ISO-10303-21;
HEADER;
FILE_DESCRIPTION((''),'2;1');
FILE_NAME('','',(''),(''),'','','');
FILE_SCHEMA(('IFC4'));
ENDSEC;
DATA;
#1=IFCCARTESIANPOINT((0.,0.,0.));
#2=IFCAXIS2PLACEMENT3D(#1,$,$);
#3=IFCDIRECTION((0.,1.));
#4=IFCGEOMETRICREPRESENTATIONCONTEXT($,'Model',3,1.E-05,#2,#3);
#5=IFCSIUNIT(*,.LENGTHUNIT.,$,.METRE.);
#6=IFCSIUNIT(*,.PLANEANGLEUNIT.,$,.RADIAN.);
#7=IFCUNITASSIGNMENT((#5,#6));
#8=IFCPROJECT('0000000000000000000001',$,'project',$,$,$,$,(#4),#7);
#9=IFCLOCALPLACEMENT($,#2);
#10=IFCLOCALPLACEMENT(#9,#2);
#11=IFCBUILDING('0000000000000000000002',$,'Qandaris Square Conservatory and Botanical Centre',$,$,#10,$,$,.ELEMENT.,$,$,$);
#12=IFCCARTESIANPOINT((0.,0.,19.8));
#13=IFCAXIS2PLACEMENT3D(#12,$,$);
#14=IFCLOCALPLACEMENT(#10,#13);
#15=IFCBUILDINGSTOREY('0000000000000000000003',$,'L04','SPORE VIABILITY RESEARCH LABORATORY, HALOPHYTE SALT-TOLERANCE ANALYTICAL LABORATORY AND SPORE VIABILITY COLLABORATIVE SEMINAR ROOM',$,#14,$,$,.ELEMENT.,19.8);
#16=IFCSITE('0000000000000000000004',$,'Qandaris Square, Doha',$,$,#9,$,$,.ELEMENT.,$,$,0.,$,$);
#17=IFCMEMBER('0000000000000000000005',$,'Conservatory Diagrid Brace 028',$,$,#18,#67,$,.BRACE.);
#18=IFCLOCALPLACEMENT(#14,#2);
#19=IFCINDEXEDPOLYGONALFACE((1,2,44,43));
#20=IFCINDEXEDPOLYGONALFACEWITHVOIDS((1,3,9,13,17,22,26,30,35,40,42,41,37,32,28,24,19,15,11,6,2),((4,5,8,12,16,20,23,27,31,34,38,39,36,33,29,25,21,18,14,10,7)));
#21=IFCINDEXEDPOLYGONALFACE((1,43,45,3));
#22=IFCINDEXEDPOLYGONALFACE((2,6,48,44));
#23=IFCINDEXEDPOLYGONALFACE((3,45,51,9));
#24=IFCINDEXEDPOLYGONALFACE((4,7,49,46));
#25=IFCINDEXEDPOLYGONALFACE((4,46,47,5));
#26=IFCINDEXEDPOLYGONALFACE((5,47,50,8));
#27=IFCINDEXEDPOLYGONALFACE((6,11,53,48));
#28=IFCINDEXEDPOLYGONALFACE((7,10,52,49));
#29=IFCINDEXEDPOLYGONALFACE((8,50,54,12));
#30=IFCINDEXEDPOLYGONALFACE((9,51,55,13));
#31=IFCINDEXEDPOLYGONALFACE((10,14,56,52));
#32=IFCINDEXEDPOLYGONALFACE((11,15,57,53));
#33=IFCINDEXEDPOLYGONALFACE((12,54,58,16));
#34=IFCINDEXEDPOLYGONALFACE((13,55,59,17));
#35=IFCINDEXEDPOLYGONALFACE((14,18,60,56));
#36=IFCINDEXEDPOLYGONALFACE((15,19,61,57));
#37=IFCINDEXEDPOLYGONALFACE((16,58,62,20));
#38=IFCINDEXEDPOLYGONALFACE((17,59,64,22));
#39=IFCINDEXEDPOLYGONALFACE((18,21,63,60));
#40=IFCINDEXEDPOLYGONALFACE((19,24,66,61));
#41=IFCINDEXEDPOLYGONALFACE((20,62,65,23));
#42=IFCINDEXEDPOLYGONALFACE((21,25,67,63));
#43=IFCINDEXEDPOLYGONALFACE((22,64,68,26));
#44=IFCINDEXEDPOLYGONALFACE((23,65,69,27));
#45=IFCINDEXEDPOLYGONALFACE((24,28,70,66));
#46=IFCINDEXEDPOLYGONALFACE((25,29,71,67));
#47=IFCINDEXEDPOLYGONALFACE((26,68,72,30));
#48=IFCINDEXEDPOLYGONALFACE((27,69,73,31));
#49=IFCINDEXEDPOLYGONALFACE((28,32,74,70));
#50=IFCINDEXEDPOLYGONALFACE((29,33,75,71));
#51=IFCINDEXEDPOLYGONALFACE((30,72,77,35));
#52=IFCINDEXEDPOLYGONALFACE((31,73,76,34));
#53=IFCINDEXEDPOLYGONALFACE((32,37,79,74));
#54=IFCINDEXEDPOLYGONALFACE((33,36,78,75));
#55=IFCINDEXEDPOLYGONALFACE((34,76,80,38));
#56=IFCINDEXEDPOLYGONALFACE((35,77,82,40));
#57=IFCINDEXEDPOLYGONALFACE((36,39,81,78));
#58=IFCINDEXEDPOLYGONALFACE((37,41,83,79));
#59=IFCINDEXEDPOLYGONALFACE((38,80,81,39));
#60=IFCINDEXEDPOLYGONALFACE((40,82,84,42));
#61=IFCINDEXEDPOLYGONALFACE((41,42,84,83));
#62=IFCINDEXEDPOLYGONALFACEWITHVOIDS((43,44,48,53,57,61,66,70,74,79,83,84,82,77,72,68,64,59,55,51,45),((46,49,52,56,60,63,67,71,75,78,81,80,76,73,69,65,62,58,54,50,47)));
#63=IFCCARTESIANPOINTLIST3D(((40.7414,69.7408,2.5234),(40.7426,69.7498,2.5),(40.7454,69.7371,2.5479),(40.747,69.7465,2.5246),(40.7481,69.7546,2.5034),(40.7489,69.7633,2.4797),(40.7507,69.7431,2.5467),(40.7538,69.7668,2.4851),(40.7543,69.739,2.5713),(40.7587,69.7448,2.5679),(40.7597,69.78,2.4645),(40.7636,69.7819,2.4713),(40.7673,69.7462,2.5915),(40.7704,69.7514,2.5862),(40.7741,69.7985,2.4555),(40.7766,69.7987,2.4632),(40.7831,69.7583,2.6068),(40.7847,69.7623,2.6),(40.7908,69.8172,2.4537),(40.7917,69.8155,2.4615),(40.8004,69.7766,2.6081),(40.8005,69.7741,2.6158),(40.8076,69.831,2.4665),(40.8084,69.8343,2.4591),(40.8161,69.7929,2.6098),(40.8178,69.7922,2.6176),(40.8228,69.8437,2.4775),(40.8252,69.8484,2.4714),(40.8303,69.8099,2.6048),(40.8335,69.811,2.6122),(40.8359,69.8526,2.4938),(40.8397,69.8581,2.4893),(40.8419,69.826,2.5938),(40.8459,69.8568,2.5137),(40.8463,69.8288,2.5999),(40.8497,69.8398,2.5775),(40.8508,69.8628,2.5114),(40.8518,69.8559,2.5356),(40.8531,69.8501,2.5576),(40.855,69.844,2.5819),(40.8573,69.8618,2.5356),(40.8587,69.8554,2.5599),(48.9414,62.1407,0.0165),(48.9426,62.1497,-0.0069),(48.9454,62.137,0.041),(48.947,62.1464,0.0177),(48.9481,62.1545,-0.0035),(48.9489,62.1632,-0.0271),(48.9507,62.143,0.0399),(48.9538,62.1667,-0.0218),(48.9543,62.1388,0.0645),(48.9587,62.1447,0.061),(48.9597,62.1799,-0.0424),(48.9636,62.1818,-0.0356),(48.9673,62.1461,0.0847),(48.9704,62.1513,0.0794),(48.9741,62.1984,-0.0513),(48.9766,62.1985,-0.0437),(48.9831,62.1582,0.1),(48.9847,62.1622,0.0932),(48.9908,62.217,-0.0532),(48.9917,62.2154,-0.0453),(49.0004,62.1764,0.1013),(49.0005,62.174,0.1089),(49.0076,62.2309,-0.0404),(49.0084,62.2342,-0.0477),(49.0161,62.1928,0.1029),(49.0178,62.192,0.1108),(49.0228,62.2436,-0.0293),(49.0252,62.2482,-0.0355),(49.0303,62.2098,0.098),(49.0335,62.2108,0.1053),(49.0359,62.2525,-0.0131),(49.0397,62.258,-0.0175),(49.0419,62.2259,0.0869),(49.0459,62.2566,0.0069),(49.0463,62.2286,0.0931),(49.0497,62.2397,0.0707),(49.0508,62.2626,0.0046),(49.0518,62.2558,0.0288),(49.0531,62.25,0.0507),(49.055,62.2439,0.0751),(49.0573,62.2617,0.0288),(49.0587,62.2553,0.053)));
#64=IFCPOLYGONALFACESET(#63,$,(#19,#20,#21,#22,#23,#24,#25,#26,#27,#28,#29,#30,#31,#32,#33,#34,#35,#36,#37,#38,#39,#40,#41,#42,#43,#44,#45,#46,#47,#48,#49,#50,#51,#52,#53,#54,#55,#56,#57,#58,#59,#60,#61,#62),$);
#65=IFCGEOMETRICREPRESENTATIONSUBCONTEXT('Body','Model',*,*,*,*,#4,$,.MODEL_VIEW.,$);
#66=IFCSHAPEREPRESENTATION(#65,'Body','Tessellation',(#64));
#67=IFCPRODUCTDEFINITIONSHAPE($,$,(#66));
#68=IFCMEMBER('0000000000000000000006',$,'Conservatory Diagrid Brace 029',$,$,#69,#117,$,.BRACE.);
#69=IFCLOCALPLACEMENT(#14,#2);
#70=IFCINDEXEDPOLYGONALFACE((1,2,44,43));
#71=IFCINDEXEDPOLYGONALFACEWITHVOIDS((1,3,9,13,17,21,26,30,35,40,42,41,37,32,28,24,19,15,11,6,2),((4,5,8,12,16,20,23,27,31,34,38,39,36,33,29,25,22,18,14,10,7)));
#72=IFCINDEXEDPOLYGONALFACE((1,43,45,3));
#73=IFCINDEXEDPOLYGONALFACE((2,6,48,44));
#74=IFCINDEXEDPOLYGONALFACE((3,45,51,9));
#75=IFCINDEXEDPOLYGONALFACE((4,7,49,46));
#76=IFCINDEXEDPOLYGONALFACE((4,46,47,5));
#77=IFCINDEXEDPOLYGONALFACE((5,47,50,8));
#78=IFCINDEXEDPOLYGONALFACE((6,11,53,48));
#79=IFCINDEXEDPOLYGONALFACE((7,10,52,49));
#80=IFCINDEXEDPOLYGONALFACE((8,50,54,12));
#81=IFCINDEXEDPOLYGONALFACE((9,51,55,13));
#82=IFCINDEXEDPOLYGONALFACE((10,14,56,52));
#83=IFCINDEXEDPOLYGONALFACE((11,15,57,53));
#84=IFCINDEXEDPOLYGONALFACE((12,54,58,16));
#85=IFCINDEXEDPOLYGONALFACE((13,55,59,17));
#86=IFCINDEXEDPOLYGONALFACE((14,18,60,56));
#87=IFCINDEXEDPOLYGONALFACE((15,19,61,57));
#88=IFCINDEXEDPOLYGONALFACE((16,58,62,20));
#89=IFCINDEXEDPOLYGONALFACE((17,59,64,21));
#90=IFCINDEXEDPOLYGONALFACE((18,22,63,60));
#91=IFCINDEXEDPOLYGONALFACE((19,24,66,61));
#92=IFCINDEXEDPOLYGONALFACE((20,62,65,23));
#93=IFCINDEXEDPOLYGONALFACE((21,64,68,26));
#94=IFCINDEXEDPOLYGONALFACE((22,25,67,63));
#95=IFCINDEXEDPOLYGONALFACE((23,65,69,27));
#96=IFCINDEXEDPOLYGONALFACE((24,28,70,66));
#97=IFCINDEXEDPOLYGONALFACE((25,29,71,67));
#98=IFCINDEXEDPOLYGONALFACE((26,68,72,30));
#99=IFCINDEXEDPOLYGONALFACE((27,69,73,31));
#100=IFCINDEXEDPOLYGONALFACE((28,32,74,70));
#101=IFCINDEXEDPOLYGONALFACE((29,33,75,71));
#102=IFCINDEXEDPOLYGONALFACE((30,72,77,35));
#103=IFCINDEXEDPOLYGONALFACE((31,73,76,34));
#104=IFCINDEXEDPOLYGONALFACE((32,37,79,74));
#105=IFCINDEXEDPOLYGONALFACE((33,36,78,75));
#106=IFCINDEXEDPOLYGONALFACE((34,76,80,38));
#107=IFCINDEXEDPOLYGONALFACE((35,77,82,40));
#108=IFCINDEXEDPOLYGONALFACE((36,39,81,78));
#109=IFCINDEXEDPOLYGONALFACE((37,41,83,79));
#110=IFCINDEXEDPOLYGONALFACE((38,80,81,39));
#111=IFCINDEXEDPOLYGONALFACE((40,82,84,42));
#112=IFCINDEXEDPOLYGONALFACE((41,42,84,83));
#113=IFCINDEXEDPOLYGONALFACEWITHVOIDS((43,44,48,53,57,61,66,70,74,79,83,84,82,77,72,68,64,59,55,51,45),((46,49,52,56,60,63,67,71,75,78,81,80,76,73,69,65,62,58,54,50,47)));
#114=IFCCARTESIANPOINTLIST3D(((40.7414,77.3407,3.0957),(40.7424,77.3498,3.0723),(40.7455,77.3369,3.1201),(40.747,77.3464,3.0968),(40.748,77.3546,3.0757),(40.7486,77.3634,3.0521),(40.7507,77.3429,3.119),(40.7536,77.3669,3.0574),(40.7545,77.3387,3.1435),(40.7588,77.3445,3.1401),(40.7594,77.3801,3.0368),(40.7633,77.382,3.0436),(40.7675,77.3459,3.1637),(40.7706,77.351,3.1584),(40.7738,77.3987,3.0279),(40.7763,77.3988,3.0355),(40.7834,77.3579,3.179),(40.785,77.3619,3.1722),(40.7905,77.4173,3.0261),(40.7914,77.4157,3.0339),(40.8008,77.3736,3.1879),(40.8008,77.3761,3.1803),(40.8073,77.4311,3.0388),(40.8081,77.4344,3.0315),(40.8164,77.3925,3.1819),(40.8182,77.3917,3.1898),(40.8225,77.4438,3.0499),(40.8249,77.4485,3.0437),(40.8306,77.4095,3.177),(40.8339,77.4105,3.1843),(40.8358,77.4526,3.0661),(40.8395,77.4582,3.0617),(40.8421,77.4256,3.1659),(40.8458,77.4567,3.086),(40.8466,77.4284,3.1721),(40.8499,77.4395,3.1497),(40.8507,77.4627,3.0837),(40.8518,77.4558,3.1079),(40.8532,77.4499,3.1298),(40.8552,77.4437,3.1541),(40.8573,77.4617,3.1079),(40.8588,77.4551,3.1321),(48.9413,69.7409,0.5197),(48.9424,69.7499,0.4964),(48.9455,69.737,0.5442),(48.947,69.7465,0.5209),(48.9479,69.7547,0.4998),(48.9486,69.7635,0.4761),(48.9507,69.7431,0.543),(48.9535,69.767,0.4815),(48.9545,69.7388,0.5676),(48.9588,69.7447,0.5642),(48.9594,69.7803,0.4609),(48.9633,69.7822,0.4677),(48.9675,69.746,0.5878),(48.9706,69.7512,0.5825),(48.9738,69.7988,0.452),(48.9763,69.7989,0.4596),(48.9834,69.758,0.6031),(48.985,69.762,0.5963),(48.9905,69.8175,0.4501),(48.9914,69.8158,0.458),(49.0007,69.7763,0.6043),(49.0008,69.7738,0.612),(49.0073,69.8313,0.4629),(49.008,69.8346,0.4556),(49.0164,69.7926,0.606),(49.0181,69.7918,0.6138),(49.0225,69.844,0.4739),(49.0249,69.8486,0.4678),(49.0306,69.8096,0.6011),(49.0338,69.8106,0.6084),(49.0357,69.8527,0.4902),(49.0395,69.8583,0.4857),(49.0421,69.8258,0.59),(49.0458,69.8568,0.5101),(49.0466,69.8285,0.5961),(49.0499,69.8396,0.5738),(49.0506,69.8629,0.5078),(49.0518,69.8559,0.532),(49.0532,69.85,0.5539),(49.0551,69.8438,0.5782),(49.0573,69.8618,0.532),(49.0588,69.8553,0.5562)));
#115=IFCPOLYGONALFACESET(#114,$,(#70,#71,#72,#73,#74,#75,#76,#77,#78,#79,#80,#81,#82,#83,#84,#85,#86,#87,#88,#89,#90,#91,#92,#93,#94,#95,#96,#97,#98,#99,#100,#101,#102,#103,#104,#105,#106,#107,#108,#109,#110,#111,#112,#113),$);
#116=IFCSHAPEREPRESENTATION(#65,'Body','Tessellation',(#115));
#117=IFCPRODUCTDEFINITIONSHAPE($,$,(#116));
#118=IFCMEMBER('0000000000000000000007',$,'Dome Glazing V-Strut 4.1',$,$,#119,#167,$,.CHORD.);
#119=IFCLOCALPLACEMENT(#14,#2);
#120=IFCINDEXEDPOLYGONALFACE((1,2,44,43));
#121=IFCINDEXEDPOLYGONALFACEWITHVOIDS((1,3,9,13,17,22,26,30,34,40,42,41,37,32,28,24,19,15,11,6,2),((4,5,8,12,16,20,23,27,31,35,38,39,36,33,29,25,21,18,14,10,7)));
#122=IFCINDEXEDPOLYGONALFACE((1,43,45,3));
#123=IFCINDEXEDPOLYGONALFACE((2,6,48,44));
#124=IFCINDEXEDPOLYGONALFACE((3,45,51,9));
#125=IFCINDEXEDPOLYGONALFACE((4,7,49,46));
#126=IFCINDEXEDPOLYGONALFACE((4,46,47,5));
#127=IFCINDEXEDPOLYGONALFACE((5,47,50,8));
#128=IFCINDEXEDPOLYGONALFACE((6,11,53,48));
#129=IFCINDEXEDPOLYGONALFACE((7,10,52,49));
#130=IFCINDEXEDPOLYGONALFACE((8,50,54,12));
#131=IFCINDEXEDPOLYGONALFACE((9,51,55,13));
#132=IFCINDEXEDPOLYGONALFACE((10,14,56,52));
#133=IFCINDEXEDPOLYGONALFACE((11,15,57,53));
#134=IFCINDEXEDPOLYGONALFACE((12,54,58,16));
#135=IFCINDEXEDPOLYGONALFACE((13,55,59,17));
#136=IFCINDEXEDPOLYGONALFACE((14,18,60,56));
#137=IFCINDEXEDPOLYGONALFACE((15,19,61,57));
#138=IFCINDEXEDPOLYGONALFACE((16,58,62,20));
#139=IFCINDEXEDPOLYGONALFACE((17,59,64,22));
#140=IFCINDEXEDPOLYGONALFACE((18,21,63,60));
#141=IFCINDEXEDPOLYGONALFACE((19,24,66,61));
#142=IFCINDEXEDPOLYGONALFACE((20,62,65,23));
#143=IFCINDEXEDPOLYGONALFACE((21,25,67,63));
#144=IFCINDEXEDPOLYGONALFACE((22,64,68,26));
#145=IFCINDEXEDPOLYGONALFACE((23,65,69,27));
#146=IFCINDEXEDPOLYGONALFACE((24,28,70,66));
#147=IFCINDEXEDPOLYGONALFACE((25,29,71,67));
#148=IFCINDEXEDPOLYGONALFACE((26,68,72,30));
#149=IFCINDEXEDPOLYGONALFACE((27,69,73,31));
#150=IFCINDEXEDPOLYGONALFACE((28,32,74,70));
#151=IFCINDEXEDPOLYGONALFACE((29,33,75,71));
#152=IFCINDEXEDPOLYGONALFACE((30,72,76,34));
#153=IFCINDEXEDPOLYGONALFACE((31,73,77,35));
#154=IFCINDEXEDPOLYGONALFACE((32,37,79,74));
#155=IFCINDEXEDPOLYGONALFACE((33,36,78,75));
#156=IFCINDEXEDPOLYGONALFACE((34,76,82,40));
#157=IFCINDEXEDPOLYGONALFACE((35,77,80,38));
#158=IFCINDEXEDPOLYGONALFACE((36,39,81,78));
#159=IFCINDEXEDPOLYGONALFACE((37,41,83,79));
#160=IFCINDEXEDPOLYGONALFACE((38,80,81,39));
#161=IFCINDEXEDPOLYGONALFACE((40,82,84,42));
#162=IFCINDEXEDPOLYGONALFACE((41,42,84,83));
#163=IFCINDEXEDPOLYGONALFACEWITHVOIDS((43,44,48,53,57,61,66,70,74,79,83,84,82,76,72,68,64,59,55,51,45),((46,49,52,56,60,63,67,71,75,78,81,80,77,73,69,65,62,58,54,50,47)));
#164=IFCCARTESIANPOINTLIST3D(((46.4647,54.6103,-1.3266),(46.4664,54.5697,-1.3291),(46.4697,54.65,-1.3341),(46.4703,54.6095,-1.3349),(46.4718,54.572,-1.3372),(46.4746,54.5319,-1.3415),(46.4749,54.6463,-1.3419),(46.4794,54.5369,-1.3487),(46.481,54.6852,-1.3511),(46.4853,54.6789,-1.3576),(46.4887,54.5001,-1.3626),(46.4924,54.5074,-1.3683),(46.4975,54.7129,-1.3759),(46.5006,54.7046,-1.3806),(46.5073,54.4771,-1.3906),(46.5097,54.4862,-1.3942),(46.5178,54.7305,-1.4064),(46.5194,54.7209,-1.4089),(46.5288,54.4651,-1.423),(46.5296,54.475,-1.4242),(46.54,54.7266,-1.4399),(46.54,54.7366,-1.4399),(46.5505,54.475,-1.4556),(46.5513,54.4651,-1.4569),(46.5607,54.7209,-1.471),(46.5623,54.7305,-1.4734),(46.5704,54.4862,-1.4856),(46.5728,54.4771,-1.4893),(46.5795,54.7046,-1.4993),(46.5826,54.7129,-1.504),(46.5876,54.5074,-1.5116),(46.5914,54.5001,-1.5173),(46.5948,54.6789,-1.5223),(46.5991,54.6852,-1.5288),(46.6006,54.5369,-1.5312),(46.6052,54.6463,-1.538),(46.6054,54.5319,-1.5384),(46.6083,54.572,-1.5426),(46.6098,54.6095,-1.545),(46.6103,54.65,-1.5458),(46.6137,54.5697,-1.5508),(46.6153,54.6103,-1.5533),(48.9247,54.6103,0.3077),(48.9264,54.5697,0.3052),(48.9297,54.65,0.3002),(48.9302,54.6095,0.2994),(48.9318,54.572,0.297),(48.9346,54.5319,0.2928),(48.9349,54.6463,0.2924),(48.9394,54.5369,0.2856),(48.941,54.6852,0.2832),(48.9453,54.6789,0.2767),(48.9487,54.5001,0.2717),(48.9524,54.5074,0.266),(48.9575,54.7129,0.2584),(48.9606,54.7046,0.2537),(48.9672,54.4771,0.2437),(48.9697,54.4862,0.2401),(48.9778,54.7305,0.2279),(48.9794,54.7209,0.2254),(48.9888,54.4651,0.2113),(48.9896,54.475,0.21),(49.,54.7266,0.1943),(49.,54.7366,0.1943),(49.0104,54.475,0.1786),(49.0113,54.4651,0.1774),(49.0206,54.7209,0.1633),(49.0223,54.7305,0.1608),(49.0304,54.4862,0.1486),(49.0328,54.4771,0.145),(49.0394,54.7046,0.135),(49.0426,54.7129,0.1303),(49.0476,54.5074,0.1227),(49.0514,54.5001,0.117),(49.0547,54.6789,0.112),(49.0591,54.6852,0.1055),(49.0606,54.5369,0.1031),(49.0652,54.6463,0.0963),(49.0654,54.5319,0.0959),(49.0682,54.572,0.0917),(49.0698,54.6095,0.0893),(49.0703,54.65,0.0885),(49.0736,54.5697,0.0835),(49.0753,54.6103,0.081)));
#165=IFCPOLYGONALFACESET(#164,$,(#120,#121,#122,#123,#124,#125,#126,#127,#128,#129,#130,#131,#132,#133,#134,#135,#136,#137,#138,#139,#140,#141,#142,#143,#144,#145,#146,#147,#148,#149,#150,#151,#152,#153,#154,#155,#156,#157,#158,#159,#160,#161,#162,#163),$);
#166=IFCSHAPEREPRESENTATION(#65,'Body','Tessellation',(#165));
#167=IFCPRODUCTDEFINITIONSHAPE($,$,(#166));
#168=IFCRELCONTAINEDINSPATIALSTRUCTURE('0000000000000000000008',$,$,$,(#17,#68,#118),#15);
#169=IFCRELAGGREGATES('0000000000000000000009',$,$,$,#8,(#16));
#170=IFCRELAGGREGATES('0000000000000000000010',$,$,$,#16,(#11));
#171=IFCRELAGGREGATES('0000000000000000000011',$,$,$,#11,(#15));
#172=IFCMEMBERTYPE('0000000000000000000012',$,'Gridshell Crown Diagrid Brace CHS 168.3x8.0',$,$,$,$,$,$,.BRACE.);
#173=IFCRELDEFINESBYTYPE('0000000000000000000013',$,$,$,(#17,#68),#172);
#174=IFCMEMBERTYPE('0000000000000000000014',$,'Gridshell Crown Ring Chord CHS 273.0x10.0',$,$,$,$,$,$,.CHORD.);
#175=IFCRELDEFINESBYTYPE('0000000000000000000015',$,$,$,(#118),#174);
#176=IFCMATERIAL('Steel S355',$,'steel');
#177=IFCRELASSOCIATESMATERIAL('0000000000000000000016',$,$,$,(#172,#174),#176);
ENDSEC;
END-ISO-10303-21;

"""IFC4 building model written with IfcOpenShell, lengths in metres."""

from ifc_helpers import new_model, si_unit, direction, frame, origin, origin_2d, place, context, subcontext, project, spatial, hollow_circle, extrude, material, material_profile, profile_set, type_object, element, save


model = new_model("IFC4")

# Units and contexts
model_context = context("Model", 3, precision=1e-05, world=origin(), true_north=direction((0.0, 1.0)))
body_context = subcontext(model_context, "Body", "Model", "MODEL_VIEW")
ifc_project = project(units=[si_unit("LENGTHUNIT", "METRE"), si_unit("PLANEANGLEUNIT", "RADIAN")], contexts=[model_context])

# Site, building, storey
site_placement = place(None, origin())
site = spatial("IfcSite", under=ifc_project, at=site_placement, Name="Qandaris Square, Doha", CompositionType="ELEMENT", RefElevation=0.0)
building_placement = place(site_placement, origin())
building = spatial("IfcBuilding", under=site, at=building_placement, Name="Qandaris Square Conservatory and Botanical Centre", CompositionType="ELEMENT")
storey_placement = place(building_placement, frame((0.0, 0.0, 19.8)))
storey = spatial("IfcBuildingStorey", under=building, at=storey_placement, Name="L04", Description="SPORE VIABILITY RESEARCH LABORATORY, HALOPHYTE SALT-TOLERANCE ANALYTICAL LABORATORY AND SPORE VIABILITY COLLABORATIVE SEMINAR ROOM", CompositionType="ELEMENT", Elevation=19.8)

# Members
ifc_material = material(Name="Steel S355", Category="steel")
ifc_material_profile_1 = material_profile(ifc_material, hollow_circle(Radius=0.0842, WallThickness=0.0081, at=origin_2d()), Name="CHS 168.3x8.0")
ifc_profile_set_1 = profile_set([ifc_material_profile_1], Name="Steel S355")
member_type_1 = type_object("IfcMemberType", Name="Gridshell Crown Diagrid Brace CHS 168.3x8.0", PredefinedType="BRACE", material=ifc_profile_set_1)
member_1_placement = place(storey_placement, frame((40.8, 69.8, 2.5356), z_axis=(0.715655, -0.663303, -0.218785), x_axis=(0.679772, 0.733424, 0.0)))
element("IfcMember", 1, at=member_1_placement, inside=storey, type_object=member_type_1, Name="Conservatory Diagrid Brace 028", PredefinedType="BRACE", context=body_context, shape_type="SweptSolid", body=[
    extrude(hollow_circle(Radius=0.0842, WallThickness=0.0081, at=origin_2d()), origin(), (0.0, 0.0, 1.0), 11.458),
])
member_2_placement = place(storey_placement, frame((40.8, 77.3999, 3.1079), z_axis=(0.71471, -0.662405, -0.224519), x_axis=(0.67976, 0.733435, 0.0)))
element("IfcMember", 2, at=member_2_placement, inside=storey, type_object=member_type_1, Name="Conservatory Diagrid Brace 029", PredefinedType="BRACE", context=body_context, shape_type="SweptSolid", body=[
    extrude(hollow_circle(Radius=0.0842, WallThickness=0.0081, at=origin_2d()), origin(), (0.0, 0.0, 1.0), 11.4731),
])
ifc_material_profile_2 = material_profile(ifc_material, hollow_circle(Radius=0.1365, WallThickness=0.01, at=origin_2d()), Name="CHS 273.0x10.0")
ifc_profile_set_2 = profile_set([ifc_material_profile_2], Name="Steel S355")
member_type_2 = type_object("IfcMemberType", Name="Gridshell Crown Ring Chord CHS 273.0x10.0", PredefinedType="CHORD", material=ifc_profile_set_2)
member_3_placement = place(storey_placement, frame((46.54, 54.6001, -1.4399), z_axis=(0.832939, 0.0, 0.553364), x_axis=(0.0, 1.0, 0.0)))
element("IfcMember", 3, at=member_3_placement, inside=storey, type_object=member_type_2, Name="Dome Glazing V-Strut 4.1", PredefinedType="CHORD", context=body_context, shape_type="SweptSolid", body=[
    extrude(hollow_circle(Radius=0.1365, WallThickness=0.01, at=origin_2d()), origin(), (0.0, 0.0, 1.0), 2.9534),
])

save(model, "model.ifc")
